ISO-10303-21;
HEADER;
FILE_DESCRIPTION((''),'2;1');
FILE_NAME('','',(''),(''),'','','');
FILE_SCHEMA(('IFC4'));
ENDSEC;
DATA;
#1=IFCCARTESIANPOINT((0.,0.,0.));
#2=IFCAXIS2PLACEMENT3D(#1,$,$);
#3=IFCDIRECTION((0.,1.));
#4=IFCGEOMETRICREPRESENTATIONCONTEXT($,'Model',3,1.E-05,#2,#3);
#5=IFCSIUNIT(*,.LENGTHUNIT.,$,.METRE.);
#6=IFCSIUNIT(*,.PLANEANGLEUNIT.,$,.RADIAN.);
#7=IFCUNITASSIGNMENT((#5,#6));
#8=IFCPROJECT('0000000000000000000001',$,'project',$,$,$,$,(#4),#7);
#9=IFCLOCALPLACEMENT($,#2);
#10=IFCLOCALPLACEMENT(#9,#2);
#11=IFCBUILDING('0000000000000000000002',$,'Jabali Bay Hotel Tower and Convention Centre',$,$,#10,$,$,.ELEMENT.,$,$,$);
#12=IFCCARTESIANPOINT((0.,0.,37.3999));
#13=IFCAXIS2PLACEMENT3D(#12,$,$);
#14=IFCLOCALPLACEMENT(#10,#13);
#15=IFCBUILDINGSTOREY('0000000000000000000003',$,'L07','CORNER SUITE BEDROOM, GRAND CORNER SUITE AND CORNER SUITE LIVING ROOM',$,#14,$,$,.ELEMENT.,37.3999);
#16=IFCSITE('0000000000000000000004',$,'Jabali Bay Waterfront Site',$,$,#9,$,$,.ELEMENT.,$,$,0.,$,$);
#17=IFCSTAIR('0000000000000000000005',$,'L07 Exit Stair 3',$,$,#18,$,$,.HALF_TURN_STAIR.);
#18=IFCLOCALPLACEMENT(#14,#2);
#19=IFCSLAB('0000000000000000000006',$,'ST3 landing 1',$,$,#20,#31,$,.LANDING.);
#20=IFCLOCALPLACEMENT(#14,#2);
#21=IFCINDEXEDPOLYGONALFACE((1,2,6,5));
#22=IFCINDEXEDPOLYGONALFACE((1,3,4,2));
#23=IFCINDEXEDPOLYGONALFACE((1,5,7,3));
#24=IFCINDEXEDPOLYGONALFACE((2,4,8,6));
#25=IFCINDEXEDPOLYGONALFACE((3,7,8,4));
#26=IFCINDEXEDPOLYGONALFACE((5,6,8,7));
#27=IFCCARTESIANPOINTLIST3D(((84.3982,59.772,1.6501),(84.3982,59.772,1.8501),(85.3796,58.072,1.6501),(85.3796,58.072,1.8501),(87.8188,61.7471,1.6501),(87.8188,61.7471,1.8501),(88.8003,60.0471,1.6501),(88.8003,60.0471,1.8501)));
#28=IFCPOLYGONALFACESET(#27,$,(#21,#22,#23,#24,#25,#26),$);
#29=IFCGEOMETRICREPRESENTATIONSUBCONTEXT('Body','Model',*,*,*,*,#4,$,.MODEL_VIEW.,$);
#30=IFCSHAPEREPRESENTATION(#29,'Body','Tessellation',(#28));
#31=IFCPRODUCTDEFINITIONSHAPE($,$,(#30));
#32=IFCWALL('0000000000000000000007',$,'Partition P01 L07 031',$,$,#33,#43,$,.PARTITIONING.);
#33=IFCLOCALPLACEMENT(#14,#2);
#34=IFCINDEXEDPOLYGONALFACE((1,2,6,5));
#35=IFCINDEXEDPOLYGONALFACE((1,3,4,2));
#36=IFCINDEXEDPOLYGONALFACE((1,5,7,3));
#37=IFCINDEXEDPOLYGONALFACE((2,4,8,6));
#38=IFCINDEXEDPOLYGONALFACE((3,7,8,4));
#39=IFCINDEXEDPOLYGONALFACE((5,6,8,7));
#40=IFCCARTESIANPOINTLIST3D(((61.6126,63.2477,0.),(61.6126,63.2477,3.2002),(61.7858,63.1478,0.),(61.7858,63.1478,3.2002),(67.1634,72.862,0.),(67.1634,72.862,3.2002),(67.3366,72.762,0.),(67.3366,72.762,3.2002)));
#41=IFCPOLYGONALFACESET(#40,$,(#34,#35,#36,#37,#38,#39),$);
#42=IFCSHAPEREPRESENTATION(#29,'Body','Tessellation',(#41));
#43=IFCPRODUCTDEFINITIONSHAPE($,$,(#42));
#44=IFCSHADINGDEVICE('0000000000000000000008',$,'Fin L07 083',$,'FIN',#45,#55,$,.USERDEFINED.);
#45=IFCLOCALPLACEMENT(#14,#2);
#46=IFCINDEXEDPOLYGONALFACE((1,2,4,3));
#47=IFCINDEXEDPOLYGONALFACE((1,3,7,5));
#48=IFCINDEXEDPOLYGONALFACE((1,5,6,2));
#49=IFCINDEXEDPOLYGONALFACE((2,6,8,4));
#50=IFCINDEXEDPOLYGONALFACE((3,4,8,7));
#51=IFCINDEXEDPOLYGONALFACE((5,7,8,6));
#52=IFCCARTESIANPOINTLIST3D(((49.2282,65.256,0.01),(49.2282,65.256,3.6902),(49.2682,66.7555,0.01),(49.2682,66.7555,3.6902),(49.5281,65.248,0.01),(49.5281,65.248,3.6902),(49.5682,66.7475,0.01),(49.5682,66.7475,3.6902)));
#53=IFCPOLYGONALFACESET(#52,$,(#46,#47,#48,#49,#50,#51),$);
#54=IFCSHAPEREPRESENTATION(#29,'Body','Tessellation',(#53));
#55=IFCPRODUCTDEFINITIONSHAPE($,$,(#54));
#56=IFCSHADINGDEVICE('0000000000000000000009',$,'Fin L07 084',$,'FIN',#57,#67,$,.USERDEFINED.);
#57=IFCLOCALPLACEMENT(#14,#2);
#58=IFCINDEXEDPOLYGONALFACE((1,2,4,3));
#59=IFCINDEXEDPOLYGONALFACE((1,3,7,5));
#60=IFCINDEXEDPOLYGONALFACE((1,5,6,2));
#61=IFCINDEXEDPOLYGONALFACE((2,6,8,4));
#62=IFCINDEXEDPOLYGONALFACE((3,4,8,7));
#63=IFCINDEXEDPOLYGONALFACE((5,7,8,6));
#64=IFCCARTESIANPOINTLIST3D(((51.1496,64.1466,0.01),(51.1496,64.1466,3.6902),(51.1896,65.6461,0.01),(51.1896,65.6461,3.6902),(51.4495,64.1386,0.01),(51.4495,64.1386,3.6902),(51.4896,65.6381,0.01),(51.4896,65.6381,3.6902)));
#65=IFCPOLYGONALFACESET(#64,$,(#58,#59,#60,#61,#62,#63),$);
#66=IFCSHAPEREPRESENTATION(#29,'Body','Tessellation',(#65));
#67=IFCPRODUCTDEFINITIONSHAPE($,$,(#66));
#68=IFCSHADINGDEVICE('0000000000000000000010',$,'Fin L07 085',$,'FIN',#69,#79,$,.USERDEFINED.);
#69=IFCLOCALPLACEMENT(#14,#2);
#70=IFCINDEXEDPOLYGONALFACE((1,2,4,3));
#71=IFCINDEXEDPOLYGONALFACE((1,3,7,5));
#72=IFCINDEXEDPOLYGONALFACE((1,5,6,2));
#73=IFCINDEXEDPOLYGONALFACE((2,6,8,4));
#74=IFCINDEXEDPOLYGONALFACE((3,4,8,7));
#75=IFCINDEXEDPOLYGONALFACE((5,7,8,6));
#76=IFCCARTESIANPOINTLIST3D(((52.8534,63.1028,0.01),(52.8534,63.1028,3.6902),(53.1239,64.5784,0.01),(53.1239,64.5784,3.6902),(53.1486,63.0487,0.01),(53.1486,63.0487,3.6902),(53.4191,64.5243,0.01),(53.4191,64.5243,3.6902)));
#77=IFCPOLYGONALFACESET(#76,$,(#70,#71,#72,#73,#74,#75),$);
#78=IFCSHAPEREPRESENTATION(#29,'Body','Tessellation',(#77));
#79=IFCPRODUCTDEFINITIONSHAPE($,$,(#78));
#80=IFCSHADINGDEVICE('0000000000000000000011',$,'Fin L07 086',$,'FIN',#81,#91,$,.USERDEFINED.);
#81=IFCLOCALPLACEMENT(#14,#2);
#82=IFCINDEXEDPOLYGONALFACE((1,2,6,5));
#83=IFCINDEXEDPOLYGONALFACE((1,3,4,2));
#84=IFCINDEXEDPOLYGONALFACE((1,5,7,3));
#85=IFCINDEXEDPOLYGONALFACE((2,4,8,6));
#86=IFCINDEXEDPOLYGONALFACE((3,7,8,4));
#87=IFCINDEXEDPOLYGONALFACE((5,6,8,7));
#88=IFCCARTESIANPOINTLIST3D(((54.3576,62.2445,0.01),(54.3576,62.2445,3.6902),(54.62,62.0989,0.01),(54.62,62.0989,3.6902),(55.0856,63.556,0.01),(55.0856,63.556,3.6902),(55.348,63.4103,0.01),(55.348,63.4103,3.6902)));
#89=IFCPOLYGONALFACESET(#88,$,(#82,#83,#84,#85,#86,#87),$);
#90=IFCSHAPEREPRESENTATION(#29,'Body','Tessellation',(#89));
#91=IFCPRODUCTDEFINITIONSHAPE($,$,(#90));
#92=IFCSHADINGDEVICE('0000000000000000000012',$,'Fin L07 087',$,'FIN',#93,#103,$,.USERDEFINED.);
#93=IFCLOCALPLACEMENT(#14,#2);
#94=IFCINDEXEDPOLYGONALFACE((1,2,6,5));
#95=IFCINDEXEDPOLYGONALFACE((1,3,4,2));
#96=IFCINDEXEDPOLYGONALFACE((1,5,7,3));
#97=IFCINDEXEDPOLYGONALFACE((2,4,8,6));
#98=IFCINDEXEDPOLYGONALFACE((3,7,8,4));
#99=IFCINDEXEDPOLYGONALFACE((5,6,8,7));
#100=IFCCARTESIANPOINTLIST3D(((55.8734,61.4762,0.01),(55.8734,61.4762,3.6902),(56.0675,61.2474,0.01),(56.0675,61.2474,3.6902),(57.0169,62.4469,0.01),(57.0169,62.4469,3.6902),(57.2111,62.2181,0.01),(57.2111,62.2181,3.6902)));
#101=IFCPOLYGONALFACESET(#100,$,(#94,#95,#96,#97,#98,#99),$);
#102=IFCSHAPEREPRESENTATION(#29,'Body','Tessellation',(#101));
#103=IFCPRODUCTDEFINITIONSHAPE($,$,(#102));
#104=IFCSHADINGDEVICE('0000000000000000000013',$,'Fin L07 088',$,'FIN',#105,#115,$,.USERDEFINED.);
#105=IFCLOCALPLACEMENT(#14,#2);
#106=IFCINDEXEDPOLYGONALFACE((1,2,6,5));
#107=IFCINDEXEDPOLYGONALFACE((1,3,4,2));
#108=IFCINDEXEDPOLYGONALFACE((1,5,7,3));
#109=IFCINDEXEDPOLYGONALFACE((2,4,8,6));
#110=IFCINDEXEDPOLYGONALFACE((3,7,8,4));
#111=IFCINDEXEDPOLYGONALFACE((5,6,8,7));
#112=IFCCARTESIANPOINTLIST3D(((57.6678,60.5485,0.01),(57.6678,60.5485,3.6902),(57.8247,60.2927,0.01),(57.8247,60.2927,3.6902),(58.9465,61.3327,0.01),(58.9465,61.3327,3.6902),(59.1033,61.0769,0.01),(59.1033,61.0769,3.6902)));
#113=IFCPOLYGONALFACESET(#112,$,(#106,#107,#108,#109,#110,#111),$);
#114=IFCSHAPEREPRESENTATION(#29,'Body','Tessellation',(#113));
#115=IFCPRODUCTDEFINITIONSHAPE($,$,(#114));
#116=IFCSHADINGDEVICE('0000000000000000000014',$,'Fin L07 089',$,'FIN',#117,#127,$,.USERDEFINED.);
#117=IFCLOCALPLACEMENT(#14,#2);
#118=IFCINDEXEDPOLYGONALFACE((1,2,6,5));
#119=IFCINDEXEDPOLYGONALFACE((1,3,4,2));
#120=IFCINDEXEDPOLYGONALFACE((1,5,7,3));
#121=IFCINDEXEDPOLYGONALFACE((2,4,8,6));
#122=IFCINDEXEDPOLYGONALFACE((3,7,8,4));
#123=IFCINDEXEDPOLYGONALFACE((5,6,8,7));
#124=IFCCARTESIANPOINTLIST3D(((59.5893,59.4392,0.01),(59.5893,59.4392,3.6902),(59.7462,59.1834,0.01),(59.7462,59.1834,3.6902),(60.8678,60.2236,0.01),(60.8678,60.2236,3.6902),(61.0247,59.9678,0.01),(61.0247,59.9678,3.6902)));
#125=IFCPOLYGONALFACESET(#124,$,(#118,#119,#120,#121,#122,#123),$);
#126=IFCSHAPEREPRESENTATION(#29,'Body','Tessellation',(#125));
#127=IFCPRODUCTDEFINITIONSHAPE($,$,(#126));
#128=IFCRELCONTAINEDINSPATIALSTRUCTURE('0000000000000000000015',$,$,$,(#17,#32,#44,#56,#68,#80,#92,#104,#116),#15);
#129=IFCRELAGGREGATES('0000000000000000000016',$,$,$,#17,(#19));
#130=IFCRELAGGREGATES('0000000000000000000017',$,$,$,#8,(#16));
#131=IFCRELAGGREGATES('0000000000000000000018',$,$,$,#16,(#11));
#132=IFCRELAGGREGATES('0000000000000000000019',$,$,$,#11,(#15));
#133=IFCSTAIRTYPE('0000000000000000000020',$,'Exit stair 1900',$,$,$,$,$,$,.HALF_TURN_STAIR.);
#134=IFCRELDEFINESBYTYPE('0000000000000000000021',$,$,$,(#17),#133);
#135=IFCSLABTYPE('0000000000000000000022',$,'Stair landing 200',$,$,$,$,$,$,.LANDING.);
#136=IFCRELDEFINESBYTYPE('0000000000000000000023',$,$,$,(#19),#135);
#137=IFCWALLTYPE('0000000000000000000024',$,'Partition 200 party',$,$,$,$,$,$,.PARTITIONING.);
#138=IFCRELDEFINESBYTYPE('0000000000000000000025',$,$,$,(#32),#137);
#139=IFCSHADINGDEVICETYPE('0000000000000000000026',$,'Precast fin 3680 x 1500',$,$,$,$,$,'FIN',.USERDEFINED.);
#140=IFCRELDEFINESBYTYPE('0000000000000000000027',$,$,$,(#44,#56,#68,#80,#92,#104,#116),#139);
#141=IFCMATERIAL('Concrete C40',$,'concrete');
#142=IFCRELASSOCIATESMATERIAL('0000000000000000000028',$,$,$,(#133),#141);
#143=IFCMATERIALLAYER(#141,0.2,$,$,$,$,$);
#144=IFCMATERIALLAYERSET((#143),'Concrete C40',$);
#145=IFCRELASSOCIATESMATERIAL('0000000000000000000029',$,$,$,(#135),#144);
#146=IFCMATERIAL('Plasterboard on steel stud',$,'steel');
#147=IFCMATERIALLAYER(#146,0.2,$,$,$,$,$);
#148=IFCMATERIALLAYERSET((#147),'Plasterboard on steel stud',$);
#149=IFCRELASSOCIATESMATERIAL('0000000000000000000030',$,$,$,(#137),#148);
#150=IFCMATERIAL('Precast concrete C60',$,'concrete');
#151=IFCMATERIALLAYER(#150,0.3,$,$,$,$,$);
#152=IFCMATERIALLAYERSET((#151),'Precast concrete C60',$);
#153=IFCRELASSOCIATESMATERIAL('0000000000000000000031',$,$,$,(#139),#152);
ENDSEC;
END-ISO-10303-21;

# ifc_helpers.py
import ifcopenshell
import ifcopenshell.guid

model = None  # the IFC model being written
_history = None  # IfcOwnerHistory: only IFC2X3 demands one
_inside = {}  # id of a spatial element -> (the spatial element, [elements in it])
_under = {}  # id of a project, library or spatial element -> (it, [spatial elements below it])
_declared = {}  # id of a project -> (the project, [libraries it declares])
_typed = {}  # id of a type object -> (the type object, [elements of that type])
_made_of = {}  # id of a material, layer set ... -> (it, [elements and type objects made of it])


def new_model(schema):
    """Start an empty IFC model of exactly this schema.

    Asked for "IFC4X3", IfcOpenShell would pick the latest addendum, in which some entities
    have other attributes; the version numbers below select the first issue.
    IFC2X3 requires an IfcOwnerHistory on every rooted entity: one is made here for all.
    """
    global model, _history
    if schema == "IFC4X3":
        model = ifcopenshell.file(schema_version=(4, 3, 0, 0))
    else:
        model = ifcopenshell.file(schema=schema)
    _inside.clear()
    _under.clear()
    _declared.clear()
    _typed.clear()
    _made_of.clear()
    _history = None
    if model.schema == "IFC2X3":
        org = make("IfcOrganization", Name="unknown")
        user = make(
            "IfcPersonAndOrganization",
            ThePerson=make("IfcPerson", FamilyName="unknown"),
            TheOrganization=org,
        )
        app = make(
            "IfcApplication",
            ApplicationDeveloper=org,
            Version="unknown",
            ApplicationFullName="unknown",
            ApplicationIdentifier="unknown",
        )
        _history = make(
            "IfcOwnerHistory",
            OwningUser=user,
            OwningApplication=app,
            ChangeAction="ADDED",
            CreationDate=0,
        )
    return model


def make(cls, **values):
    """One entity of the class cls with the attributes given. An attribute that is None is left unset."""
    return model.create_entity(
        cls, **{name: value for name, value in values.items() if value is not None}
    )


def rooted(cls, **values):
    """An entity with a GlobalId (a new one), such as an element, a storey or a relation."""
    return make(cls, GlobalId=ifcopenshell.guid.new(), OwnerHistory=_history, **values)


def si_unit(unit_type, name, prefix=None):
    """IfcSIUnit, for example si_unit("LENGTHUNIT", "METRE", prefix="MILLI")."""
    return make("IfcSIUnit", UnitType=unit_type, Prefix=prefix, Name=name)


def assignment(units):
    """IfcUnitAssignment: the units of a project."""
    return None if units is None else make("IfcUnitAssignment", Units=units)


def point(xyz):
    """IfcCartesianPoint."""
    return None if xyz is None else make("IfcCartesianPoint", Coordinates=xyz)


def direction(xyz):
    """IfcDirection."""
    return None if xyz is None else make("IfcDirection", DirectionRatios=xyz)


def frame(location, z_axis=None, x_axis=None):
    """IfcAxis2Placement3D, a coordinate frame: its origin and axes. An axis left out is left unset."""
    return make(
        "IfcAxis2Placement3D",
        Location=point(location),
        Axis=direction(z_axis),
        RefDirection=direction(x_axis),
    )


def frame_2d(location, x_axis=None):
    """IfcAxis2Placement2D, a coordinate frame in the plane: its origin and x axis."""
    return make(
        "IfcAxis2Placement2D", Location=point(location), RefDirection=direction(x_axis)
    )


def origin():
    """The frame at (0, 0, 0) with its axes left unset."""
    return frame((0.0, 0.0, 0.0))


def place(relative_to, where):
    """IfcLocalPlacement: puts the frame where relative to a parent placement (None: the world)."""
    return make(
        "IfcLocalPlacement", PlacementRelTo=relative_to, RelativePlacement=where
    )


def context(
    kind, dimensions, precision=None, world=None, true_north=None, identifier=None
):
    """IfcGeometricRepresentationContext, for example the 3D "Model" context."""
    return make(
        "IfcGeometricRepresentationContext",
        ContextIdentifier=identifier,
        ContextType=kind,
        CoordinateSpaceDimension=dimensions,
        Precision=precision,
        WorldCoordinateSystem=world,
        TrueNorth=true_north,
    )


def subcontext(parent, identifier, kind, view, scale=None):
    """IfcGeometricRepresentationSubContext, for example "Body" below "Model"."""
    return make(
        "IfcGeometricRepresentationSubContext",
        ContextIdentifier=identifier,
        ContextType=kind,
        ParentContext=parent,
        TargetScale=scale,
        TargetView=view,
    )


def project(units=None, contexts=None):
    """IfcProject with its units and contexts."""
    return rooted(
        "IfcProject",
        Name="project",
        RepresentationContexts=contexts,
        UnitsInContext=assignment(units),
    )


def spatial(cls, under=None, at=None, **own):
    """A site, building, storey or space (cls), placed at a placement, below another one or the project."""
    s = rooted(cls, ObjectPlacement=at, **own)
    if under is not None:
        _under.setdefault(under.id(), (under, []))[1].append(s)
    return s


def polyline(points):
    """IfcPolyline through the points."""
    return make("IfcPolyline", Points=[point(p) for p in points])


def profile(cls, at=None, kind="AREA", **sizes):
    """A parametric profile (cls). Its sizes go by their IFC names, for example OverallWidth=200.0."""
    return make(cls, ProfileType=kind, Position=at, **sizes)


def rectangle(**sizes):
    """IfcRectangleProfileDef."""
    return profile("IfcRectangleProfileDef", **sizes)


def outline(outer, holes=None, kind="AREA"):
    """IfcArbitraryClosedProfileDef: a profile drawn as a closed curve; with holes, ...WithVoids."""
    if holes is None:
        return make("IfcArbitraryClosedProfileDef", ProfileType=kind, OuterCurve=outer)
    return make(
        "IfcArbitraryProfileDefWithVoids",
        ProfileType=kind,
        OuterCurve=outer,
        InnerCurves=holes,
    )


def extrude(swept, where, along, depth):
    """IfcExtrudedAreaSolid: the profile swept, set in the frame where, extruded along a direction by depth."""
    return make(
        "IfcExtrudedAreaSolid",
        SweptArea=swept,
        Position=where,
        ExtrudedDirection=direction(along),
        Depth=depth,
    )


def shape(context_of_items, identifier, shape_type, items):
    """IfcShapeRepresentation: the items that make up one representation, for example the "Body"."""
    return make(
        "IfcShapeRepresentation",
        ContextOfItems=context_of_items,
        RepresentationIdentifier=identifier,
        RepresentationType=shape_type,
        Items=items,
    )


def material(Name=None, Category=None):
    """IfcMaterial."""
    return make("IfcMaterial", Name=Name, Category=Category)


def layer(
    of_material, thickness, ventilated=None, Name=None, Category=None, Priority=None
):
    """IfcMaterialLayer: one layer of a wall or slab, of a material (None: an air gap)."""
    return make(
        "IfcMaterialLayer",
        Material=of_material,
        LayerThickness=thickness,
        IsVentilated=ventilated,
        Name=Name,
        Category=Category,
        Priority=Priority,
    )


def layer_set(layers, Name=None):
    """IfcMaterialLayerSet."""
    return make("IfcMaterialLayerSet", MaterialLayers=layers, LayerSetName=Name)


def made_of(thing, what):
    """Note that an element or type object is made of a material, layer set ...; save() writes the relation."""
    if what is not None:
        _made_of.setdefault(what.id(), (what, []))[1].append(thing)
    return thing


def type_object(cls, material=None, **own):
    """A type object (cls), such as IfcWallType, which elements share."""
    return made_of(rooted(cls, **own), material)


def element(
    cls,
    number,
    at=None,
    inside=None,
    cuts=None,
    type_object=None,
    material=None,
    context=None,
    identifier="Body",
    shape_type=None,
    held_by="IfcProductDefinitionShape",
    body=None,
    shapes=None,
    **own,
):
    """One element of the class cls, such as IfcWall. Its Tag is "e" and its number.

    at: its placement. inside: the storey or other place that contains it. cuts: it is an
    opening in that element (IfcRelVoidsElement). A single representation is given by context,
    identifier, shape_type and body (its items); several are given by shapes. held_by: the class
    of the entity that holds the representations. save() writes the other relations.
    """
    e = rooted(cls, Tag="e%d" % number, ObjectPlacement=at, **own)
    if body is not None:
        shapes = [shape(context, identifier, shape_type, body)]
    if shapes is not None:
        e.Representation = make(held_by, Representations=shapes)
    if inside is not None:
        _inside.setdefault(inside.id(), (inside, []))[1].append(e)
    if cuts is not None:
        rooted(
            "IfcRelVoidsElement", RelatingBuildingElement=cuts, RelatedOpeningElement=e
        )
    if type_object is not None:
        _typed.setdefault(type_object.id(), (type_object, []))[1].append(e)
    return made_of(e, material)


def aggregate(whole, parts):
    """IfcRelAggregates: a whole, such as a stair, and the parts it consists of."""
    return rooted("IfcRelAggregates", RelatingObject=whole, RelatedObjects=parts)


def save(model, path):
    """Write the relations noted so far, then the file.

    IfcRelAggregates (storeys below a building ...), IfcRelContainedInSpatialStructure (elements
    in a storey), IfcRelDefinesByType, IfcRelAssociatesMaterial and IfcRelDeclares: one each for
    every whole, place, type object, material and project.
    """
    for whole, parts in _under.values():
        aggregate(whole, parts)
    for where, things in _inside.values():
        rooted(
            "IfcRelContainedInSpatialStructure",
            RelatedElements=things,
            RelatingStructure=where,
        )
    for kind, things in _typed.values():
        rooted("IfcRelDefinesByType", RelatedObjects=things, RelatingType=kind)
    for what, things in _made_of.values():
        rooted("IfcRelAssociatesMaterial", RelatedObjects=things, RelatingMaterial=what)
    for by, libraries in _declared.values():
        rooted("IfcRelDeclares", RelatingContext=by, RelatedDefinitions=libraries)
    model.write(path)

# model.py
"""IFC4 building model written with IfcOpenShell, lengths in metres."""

from ifc_helpers import new_model, si_unit, direction, frame, frame_2d, origin, place, context, subcontext, project, spatial, polyline, rectangle, outline, extrude, material, layer, layer_set, type_object, element, aggregate, save


model = new_model("IFC4")

# Units and contexts
model_context = context("Model", 3, precision=1e-05, world=origin(), true_north=direction((0.0, 1.0)))
body_context = subcontext(model_context, "Body", "Model", "MODEL_VIEW")
ifc_project = project(units=[si_unit("LENGTHUNIT", "METRE"), si_unit("PLANEANGLEUNIT", "RADIAN")], contexts=[model_context])

# Site, building, storey
site_placement = place(None, origin())
site = spatial("IfcSite", under=ifc_project, at=site_placement, Name="Jabali Bay Waterfront Site", CompositionType="ELEMENT", RefElevation=0.0)
building_placement = place(site_placement, origin())
building = spatial("IfcBuilding", under=site, at=building_placement, Name="Jabali Bay Hotel Tower and Convention Centre", CompositionType="ELEMENT")
storey_placement = place(building_placement, frame((0.0, 0.0, 37.3999)))
storey = spatial("IfcBuildingStorey", under=building, at=storey_placement, Name="L07", Description="CORNER SUITE BEDROOM, GRAND CORNER SUITE AND CORNER SUITE LIVING ROOM", CompositionType="ELEMENT", Elevation=37.3999)

# Shared definitions
ifc_material_1 = material(Name="Concrete C40", Category="concrete")

# Stair, slab
stair_type = type_object("IfcStairType", Name="Exit stair 1900", PredefinedType="HALF_TURN_STAIR", material=ifc_material_1)
ifc_layer_1 = layer(ifc_material_1, 0.2)
ifc_layer_set_1 = layer_set([ifc_layer_1], Name="Concrete C40")
slab_type_1 = type_object("IfcSlabType", Name="Stair landing 200", PredefinedType="LANDING", material=ifc_layer_set_1)
stair_1_placement = place(storey_placement, origin())
stair_1 = element("IfcStair", 1, at=stair_1_placement, inside=storey, type_object=stair_type, Name="L07 Exit Stair 3", PredefinedType="HALF_TURN_STAIR")
slab_1_placement = place(storey_placement, frame((0.0, 0.0, 1.6501)))
slab_1 = element("IfcSlab", 2, at=slab_1_placement, type_object=slab_type_1, Name="ST3 landing 1", PredefinedType="LANDING", context=body_context, shape_type="SweptSolid", body=[
    extrude(outline(polyline([(84.3982, 59.772), (85.3796, 58.072), (88.8003, 60.0471), (87.8188, 61.7471), (84.3982, 59.772)])), origin(), (0.0, 0.0, 1.0), 0.2),
])
aggregate(stair_1, [slab_1])

# Wall
ifc_material_2 = material(Name="Plasterboard on steel stud", Category="steel")
ifc_layer_2 = layer(ifc_material_2, 0.2)
ifc_layer_set_2 = layer_set([ifc_layer_2], Name="Plasterboard on steel stud")
wall_type = type_object("IfcWallType", Name="Partition 200 party", PredefinedType="PARTITIONING", material=ifc_layer_set_2)
wall_placement = place(storey_placement, frame((61.6992, 63.1978, 0.0), z_axis=(0.0, 0.0, 1.0), x_axis=(0.499999, 0.866026, 0.0)))
element("IfcWall", 3, at=wall_placement, inside=storey, type_object=wall_type, Name="Partition P01 L07 031", PredefinedType="PARTITIONING", context=body_context, shape_type="SweptSolid", body=[
    extrude(rectangle(XDim=11.1016, YDim=0.2, at=frame_2d((5.5508, 0.0))), origin(), (0.0, 0.0, 1.0), 3.2002),
])

# Shading devices
ifc_material_3 = material(Name="Precast concrete C60", Category="concrete")
ifc_layer_3 = layer(ifc_material_3, 0.3)
ifc_layer_set_3 = layer_set([ifc_layer_3], Name="Precast concrete C60")
shading_device_type = type_object("IfcShadingDeviceType", Name="Precast fin 3680 x 1500", ElementType="FIN", PredefinedType="USERDEFINED", material=ifc_layer_set_3)
for number, where, z_axis, x_axis, name in (
    (4, (49.4182, 66.7515, 0.01), (0.0, 0.0, 1.0), (-0.026692, -0.999644, 0.0), "Fin L07 083"),
    (5, (51.3396, 65.6421, 0.01), (0.0, 0.0, 1.0), (-0.026692, -0.999644, 0.0), "Fin L07 084"),
):
    element("IfcShadingDevice", number, at=place(storey_placement, frame(where, z_axis=z_axis, x_axis=x_axis)), inside=storey, type_object=shading_device_type, Name=name, ObjectType="FIN", PredefinedType="USERDEFINED", context=body_context, shape_type="SweptSolid", body=[
        extrude(rectangle(XDim=1.5, YDim=0.3, at=frame_2d((0.75, 0.0))), origin(), (0.0, 0.0, 1.0), 3.6802),
    ])
shading_device_placement = place(storey_placement, frame((53.2715, 64.5513, 0.01), z_axis=(0.0, 0.0, 1.0), x_axis=(-0.180317, -0.983608, 0.0)))
element("IfcShadingDevice", 6, at=shading_device_placement, inside=storey, type_object=shading_device_type, Name="Fin L07 085", ObjectType="FIN", PredefinedType="USERDEFINED", context=body_context, shape_type="SweptSolid", body=[
    extrude(rectangle(XDim=1.5002, YDim=0.3, at=frame_2d((0.75, 0.0))), origin(), (0.0, 0.0, 1.0), 3.6802),
])
for number, where, z_axis, x_axis, name in (
    (7, (55.2168, 63.4832, 0.01), (0.0, 0.0, 1.0), (-0.485339, -0.874326, 0.0), "Fin L07 086"),
    (8, (57.114, 62.3325, 0.01), (0.0, 0.0, 1.0), (-0.762373, -0.647138, 0.0), "Fin L07 087"),
    (9, (59.0249, 61.2048, 0.01), (0.0, 0.0, 1.0), (-0.85244, -0.522825, 0.0), "Fin L07 088"),
    (10, (60.9463, 60.0957, 0.01), (0.0, 0.0, 1.0), (-0.852367, -0.522944, 0.0), "Fin L07 089"),
):
    element("IfcShadingDevice", number, at=place(storey_placement, frame(where, z_axis=z_axis, x_axis=x_axis)), inside=storey, type_object=shading_device_type, Name=name, ObjectType="FIN", PredefinedType="USERDEFINED", context=body_context, shape_type="SweptSolid", body=[
        extrude(rectangle(XDim=1.5, YDim=0.3, at=frame_2d((0.75, 0.0))), origin(), (0.0, 0.0, 1.0), 3.6802),
    ])

save(model, "model.ifc")
